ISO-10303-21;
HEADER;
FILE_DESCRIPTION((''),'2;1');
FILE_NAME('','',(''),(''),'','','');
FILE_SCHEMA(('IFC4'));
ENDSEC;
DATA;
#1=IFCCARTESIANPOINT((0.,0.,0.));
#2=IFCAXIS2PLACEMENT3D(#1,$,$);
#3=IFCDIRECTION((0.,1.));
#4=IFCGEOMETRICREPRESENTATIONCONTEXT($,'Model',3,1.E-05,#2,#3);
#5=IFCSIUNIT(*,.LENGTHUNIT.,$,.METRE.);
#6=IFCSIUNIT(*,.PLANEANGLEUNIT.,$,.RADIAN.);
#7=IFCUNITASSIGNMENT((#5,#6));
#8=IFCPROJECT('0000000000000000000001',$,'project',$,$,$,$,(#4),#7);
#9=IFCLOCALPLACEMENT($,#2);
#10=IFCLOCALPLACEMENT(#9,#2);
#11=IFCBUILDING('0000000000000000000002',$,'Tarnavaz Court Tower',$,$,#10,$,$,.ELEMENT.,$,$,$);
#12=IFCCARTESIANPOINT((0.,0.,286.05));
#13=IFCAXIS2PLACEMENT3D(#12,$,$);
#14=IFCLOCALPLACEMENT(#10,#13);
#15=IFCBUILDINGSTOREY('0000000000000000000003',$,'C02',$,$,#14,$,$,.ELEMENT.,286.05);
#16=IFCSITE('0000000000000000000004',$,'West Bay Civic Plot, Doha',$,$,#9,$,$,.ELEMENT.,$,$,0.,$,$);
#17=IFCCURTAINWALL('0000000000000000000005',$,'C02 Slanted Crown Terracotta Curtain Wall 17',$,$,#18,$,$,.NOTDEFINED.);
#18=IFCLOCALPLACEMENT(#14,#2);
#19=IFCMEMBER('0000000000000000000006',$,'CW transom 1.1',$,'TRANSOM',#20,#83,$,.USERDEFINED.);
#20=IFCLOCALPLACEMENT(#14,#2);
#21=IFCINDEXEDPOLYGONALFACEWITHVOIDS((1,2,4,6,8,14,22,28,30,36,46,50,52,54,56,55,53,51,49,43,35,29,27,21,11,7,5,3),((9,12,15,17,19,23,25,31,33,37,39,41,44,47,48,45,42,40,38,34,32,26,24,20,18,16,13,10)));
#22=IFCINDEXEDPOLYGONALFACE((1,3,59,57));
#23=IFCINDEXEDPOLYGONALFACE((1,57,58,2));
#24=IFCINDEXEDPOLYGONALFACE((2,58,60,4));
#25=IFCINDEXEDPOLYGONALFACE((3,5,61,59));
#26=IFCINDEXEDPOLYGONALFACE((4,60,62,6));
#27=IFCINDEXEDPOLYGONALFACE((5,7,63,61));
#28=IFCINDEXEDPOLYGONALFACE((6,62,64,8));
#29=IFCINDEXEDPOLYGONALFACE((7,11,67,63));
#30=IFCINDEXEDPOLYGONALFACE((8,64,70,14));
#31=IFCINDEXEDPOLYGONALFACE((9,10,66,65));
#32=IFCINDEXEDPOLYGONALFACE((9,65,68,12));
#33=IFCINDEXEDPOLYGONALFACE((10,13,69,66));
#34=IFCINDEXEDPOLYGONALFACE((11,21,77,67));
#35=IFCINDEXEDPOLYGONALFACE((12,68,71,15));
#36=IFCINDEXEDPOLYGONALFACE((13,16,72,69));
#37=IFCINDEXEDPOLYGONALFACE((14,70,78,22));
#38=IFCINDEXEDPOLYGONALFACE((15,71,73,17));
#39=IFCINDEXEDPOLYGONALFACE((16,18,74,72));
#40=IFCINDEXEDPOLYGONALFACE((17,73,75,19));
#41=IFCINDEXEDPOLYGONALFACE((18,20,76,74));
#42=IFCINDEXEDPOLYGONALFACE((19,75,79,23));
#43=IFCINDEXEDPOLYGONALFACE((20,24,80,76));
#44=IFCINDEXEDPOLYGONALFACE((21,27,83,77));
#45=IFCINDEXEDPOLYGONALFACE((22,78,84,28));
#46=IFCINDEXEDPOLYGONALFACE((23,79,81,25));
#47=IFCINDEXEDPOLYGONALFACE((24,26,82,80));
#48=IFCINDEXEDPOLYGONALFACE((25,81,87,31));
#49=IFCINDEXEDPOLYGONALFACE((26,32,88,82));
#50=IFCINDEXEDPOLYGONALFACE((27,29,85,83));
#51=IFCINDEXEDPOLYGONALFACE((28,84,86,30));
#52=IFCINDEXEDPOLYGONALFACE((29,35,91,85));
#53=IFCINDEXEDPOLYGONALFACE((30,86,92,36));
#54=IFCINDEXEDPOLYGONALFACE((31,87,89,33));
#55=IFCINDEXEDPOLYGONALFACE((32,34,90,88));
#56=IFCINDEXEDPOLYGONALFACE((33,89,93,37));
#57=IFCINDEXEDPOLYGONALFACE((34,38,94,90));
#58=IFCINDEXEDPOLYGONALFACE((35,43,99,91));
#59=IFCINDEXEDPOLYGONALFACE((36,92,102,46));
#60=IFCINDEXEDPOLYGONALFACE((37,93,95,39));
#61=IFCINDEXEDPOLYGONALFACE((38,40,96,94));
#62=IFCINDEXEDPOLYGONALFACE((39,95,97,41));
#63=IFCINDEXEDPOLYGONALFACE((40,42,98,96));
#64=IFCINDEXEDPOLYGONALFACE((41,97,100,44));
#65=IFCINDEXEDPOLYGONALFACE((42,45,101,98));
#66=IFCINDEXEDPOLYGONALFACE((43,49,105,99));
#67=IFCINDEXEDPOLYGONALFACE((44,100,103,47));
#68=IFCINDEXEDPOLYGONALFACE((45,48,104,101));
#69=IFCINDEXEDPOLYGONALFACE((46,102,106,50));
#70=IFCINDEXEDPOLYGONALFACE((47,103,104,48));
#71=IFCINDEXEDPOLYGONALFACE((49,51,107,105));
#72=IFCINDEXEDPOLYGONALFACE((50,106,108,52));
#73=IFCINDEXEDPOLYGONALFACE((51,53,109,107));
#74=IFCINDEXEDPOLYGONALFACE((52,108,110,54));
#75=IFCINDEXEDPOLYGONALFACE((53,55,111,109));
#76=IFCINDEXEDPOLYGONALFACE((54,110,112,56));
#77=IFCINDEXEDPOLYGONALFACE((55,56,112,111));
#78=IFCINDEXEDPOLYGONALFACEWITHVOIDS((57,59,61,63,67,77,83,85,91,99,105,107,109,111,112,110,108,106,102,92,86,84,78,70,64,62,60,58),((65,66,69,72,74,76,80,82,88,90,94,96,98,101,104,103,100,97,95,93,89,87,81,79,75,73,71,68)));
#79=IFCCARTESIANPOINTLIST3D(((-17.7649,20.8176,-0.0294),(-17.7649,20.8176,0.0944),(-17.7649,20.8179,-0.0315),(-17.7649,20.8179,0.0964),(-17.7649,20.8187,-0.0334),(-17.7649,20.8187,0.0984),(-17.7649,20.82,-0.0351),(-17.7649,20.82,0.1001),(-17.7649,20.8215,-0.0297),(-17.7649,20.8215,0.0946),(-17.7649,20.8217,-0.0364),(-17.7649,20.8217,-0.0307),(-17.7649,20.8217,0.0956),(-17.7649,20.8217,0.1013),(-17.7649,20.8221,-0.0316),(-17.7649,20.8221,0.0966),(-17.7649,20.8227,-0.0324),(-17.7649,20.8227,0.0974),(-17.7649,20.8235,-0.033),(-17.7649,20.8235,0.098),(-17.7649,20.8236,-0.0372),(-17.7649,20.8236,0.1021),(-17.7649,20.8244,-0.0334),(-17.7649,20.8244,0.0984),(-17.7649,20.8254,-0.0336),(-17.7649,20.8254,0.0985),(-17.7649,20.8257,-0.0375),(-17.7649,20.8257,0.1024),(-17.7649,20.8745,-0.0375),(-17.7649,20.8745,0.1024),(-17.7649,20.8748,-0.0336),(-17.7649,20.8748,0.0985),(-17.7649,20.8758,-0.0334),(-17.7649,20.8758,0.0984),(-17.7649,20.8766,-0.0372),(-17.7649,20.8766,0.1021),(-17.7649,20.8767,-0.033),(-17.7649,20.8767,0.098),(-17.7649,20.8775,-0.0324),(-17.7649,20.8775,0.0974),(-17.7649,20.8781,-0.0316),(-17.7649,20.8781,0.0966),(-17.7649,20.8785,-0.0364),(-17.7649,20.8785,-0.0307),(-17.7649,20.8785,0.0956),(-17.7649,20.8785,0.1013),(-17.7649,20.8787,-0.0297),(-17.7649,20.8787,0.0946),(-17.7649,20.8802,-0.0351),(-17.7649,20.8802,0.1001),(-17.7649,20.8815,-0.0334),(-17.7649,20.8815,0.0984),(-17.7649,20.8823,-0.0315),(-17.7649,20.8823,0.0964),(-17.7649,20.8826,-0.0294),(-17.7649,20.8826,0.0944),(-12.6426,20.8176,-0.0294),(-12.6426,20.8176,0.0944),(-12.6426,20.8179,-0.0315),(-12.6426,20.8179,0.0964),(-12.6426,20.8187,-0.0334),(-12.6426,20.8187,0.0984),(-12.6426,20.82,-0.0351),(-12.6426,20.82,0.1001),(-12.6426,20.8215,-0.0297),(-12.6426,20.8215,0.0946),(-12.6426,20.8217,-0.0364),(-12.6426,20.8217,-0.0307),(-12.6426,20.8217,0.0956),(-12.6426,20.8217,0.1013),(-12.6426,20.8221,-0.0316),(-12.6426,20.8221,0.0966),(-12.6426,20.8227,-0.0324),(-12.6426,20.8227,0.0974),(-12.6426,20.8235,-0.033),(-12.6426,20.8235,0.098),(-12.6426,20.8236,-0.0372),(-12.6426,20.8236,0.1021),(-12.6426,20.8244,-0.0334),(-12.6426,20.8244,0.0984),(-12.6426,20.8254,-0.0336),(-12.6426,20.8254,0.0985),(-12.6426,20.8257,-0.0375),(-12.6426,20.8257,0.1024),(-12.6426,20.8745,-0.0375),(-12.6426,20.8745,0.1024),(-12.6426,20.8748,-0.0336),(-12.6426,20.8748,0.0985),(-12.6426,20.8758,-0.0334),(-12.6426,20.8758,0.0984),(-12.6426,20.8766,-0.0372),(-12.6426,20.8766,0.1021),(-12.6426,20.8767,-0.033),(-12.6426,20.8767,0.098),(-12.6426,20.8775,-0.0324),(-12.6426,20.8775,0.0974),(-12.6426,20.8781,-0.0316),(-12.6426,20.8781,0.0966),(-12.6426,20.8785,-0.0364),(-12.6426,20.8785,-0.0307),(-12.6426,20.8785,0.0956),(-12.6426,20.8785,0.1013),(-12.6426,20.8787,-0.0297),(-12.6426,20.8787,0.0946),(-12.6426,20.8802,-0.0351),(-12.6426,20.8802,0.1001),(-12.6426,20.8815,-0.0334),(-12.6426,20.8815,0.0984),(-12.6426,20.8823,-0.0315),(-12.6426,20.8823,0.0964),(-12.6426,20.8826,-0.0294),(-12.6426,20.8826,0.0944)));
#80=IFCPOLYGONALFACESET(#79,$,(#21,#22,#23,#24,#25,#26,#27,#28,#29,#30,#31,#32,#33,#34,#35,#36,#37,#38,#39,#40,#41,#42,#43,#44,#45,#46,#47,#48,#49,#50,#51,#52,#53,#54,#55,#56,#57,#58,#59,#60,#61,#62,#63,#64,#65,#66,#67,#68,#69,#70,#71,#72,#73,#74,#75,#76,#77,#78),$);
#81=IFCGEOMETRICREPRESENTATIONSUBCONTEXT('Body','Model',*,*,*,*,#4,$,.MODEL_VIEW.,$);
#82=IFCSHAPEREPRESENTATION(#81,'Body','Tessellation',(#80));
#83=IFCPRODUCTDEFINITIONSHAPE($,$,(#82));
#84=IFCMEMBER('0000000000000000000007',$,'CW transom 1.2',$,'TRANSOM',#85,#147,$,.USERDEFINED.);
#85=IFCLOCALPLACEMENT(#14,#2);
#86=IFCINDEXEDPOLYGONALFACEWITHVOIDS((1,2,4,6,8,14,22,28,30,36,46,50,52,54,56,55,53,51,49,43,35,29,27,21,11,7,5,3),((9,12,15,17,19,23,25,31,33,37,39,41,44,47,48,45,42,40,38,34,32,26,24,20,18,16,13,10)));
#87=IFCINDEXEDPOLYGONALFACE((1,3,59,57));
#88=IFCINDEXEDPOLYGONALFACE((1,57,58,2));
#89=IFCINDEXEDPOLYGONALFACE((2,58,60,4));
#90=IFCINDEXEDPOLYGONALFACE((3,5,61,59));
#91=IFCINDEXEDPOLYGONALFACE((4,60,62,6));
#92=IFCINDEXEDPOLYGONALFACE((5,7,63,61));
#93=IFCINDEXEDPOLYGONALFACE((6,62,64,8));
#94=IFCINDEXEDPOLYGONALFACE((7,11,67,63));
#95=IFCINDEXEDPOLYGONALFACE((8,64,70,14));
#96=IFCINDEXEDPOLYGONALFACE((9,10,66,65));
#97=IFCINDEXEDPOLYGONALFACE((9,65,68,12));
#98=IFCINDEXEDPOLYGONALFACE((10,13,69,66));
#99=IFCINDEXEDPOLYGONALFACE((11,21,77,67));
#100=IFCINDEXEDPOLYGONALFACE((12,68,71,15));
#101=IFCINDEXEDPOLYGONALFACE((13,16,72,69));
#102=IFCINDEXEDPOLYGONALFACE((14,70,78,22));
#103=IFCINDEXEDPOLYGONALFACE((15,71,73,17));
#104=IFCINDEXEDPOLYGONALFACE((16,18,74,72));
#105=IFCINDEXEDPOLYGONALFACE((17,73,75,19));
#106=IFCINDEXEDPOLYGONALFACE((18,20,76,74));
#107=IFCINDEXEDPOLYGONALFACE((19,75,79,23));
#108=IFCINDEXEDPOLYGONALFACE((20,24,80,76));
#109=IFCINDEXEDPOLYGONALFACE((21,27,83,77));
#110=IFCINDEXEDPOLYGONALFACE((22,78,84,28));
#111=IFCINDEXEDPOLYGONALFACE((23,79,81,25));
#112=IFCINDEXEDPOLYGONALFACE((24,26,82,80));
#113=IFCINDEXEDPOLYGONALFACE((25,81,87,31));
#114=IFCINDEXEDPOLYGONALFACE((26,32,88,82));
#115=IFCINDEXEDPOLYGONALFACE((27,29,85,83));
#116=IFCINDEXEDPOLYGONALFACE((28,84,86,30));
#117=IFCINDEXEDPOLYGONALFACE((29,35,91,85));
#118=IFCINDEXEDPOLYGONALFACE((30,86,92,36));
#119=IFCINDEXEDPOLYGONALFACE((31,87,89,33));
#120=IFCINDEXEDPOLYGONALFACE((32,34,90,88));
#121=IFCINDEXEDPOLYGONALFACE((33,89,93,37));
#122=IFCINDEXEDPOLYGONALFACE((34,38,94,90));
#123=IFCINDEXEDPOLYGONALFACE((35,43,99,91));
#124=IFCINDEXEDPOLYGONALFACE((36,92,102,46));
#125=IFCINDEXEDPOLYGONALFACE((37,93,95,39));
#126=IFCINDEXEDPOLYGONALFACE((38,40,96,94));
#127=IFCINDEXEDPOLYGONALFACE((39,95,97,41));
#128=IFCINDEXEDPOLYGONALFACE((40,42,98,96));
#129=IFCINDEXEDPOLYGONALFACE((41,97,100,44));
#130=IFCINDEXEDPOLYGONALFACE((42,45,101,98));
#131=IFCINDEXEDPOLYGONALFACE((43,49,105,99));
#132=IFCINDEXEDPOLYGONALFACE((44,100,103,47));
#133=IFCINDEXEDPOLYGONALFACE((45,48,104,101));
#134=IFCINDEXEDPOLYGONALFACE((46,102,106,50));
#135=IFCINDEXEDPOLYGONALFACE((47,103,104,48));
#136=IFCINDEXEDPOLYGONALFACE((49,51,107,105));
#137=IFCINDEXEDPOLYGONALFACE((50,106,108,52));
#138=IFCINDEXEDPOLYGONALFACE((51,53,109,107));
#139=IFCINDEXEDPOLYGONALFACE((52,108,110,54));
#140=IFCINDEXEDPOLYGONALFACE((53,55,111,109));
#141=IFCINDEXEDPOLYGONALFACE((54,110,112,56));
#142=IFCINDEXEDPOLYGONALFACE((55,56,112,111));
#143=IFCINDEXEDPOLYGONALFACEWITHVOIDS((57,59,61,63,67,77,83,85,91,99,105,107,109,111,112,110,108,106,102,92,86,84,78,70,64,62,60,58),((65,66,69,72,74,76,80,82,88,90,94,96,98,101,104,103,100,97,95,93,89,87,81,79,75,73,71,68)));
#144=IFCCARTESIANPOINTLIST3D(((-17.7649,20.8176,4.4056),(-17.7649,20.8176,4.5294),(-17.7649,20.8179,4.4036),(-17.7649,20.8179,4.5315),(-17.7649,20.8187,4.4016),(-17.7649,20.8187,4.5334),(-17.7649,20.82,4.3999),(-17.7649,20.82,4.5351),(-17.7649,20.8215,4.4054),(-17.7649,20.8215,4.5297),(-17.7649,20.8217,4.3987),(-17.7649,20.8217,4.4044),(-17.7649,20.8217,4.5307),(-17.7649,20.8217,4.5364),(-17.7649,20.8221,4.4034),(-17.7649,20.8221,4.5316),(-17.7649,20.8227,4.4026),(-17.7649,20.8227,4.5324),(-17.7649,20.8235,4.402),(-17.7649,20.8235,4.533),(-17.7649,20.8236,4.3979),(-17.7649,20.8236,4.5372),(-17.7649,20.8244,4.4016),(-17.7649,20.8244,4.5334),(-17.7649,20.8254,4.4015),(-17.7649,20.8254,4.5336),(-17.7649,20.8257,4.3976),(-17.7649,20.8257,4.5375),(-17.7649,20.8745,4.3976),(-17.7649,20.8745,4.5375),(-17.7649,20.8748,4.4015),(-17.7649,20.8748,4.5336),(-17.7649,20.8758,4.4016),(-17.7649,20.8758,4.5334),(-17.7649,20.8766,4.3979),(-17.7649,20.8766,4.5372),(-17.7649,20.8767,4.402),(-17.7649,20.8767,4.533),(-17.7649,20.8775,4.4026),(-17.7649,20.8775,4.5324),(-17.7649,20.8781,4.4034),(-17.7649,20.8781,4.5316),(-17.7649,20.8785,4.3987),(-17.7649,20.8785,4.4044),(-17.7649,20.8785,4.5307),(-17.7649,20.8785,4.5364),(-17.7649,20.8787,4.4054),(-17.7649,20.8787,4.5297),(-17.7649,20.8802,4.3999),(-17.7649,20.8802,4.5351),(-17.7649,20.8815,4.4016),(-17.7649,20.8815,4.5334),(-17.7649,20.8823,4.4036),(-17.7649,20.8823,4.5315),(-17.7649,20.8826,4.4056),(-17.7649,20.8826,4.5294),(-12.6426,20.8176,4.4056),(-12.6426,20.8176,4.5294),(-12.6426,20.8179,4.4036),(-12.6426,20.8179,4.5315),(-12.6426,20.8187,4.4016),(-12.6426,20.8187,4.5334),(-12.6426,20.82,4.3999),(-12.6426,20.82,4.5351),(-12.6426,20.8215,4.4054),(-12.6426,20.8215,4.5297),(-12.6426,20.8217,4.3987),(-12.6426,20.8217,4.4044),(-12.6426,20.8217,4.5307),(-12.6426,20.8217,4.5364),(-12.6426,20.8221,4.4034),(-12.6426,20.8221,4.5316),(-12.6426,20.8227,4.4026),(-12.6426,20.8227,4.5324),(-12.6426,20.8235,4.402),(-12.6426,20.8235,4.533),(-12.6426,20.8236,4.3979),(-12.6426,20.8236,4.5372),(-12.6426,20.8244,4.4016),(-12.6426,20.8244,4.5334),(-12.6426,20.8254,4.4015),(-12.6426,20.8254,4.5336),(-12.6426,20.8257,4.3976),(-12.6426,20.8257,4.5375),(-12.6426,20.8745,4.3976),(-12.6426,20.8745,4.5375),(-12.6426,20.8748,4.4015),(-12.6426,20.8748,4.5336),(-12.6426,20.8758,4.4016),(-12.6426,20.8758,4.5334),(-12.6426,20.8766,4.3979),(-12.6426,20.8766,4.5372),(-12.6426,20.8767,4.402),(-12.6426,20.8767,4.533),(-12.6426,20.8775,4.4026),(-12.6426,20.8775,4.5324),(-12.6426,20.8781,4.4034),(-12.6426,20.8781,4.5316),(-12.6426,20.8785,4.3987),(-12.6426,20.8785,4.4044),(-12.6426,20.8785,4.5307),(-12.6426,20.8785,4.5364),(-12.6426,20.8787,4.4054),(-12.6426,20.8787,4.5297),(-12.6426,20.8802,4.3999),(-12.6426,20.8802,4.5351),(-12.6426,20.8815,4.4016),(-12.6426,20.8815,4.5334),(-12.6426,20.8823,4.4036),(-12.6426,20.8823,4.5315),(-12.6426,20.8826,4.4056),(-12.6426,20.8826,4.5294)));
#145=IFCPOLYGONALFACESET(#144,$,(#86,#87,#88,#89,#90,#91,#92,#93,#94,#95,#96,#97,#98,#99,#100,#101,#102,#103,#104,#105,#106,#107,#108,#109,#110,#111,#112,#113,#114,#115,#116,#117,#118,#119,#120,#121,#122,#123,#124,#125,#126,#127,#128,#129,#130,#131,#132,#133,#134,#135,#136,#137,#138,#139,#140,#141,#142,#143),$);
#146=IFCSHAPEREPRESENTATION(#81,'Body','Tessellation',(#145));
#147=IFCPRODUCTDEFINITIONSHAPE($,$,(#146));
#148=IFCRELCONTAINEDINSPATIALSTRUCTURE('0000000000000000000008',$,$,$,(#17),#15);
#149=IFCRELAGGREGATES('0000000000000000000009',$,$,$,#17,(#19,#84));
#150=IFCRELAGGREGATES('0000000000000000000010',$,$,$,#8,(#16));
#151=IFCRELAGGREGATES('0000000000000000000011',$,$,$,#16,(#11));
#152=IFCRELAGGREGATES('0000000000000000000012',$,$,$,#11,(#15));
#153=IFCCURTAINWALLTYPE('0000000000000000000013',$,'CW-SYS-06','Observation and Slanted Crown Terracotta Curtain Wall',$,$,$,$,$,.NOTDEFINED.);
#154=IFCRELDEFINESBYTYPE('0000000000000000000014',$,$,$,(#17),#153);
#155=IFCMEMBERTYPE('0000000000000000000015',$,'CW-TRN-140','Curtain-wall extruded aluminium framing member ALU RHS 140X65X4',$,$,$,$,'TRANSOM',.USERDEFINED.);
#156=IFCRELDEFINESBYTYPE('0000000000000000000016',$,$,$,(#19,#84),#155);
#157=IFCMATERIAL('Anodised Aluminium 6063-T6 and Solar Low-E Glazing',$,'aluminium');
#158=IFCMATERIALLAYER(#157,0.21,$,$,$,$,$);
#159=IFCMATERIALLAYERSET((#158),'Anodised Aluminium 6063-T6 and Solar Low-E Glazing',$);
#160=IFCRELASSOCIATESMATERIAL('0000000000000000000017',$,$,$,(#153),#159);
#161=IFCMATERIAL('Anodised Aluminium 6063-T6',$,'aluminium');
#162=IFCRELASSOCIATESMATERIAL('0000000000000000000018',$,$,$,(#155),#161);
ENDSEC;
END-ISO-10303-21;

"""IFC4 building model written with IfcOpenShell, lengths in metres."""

from ifc_helpers import new_model, si_unit, direction, frame, origin, origin_2d, place, context, subcontext, project, spatial, hollow_rectangle, extrude, material, layer, layer_set, material_profile, profile_set, type_object, element, aggregate, save


model = new_model("IFC4")

# Units and contexts
model_context = context("Model", 3, precision=1e-05, world=origin(), true_north=direction((0.0, 1.0)))
body_context = subcontext(model_context, "Body", "Model", "MODEL_VIEW")
ifc_project = project(units=[si_unit("LENGTHUNIT", "METRE"), si_unit("PLANEANGLEUNIT", "RADIAN")], contexts=[model_context])

# Site, building, storey
site_placement = place(None, origin())
site = spatial("IfcSite", under=ifc_project, at=site_placement, Name="West Bay Civic Plot, Doha", CompositionType="ELEMENT", RefElevation=0.0)
building_placement = place(site_placement, origin())
building = spatial("IfcBuilding", under=site, at=building_placement, Name="Tarnavaz Court Tower", CompositionType="ELEMENT")
storey_placement = place(building_placement, frame((0.0, 0.0, 286.05)))
storey = spatial("IfcBuildingStorey", under=building, at=storey_placement, Name="C02", CompositionType="ELEMENT", Elevation=286.05)

# Curtain wall
ifc_material_1 = material(Name="Anodised Aluminium 6063-T6 and Solar Low-E Glazing", Category="aluminium")
ifc_layer_1 = layer(ifc_material_1, 0.21)
ifc_layer_set_1 = layer_set([ifc_layer_1], Name="Anodised Aluminium 6063-T6 and Solar Low-E Glazing")
curtain_wall_type = type_object("IfcCurtainWallType", Name="CW-SYS-06", Description="Observation and Slanted Crown Terracotta Curtain Wall", PredefinedType="NOTDEFINED", material=ifc_layer_set_1)
ifc_material_2 = material(Name="Anodised Aluminium 6063-T6", Category="aluminium")
curtain_wall_1_placement = place(storey_placement, origin())
curtain_wall_1 = element("IfcCurtainWall", 1, at=curtain_wall_1_placement, inside=storey, type_object=curtain_wall_type, Name="C02 Slanted Crown Terracotta Curtain Wall 17", PredefinedType="NOTDEFINED")

# Members
ifc_material_profile_1 = material_profile(ifc_material_2, hollow_rectangle(XDim=0.0649, YDim=0.1399, WallThickness=0.0039, InnerFilletRadius=0.0039, OuterFilletRadius=0.0081, at=origin_2d()), Name="ALU RHS 140X65X4")
ifc_profile_set_1 = profile_set([ifc_material_profile_1], Name="Anodised Aluminium 6063-T6")
member_type_1 = type_object("IfcMemberType", Name="CW-TRN-140", Description="Curtain-wall extruded aluminium framing member ALU RHS 140X65X4", ElementType="TRANSOM", PredefinedType="USERDEFINED", material=ifc_profile_set_1)
member_1_placement = place(storey_placement, frame((-17.7649, 20.8501, 0.0325), z_axis=(1.0, 0.0, 0.0), x_axis=(0.0, 1.0, 0.0)))
member_1 = element("IfcMember", 2, at=member_1_placement, type_object=member_type_1, Name="CW transom 1.1", ObjectType="TRANSOM", PredefinedType="USERDEFINED", context=body_context, shape_type="SweptSolid", body=[
    extrude(hollow_rectangle(XDim=0.0649, YDim=0.1399, WallThickness=0.0039, InnerFilletRadius=0.0039, OuterFilletRadius=0.0081, at=origin_2d()), origin(), (0.0, 0.0, 1.0), 5.1223),
])
member_2_placement = place(storey_placement, frame((-17.7649, 20.8501, 4.4675), z_axis=(1.0, 0.0, 0.0), x_axis=(0.0, 1.0, 0.0)))
member_2 = element("IfcMember", 3, at=member_2_placement, type_object=member_type_1, Name="CW transom 1.2", ObjectType="TRANSOM", PredefinedType="USERDEFINED", context=body_context, shape_type="SweptSolid", body=[
    extrude(hollow_rectangle(XDim=0.0649, YDim=0.1399, WallThickness=0.0039, InnerFilletRadius=0.0039, OuterFilletRadius=0.0081, at=origin_2d()), origin(), (0.0, 0.0, 1.0), 5.1223),
])

aggregate(curtain_wall_1, [member_1, member_2])

save(model, "model.ifc")
